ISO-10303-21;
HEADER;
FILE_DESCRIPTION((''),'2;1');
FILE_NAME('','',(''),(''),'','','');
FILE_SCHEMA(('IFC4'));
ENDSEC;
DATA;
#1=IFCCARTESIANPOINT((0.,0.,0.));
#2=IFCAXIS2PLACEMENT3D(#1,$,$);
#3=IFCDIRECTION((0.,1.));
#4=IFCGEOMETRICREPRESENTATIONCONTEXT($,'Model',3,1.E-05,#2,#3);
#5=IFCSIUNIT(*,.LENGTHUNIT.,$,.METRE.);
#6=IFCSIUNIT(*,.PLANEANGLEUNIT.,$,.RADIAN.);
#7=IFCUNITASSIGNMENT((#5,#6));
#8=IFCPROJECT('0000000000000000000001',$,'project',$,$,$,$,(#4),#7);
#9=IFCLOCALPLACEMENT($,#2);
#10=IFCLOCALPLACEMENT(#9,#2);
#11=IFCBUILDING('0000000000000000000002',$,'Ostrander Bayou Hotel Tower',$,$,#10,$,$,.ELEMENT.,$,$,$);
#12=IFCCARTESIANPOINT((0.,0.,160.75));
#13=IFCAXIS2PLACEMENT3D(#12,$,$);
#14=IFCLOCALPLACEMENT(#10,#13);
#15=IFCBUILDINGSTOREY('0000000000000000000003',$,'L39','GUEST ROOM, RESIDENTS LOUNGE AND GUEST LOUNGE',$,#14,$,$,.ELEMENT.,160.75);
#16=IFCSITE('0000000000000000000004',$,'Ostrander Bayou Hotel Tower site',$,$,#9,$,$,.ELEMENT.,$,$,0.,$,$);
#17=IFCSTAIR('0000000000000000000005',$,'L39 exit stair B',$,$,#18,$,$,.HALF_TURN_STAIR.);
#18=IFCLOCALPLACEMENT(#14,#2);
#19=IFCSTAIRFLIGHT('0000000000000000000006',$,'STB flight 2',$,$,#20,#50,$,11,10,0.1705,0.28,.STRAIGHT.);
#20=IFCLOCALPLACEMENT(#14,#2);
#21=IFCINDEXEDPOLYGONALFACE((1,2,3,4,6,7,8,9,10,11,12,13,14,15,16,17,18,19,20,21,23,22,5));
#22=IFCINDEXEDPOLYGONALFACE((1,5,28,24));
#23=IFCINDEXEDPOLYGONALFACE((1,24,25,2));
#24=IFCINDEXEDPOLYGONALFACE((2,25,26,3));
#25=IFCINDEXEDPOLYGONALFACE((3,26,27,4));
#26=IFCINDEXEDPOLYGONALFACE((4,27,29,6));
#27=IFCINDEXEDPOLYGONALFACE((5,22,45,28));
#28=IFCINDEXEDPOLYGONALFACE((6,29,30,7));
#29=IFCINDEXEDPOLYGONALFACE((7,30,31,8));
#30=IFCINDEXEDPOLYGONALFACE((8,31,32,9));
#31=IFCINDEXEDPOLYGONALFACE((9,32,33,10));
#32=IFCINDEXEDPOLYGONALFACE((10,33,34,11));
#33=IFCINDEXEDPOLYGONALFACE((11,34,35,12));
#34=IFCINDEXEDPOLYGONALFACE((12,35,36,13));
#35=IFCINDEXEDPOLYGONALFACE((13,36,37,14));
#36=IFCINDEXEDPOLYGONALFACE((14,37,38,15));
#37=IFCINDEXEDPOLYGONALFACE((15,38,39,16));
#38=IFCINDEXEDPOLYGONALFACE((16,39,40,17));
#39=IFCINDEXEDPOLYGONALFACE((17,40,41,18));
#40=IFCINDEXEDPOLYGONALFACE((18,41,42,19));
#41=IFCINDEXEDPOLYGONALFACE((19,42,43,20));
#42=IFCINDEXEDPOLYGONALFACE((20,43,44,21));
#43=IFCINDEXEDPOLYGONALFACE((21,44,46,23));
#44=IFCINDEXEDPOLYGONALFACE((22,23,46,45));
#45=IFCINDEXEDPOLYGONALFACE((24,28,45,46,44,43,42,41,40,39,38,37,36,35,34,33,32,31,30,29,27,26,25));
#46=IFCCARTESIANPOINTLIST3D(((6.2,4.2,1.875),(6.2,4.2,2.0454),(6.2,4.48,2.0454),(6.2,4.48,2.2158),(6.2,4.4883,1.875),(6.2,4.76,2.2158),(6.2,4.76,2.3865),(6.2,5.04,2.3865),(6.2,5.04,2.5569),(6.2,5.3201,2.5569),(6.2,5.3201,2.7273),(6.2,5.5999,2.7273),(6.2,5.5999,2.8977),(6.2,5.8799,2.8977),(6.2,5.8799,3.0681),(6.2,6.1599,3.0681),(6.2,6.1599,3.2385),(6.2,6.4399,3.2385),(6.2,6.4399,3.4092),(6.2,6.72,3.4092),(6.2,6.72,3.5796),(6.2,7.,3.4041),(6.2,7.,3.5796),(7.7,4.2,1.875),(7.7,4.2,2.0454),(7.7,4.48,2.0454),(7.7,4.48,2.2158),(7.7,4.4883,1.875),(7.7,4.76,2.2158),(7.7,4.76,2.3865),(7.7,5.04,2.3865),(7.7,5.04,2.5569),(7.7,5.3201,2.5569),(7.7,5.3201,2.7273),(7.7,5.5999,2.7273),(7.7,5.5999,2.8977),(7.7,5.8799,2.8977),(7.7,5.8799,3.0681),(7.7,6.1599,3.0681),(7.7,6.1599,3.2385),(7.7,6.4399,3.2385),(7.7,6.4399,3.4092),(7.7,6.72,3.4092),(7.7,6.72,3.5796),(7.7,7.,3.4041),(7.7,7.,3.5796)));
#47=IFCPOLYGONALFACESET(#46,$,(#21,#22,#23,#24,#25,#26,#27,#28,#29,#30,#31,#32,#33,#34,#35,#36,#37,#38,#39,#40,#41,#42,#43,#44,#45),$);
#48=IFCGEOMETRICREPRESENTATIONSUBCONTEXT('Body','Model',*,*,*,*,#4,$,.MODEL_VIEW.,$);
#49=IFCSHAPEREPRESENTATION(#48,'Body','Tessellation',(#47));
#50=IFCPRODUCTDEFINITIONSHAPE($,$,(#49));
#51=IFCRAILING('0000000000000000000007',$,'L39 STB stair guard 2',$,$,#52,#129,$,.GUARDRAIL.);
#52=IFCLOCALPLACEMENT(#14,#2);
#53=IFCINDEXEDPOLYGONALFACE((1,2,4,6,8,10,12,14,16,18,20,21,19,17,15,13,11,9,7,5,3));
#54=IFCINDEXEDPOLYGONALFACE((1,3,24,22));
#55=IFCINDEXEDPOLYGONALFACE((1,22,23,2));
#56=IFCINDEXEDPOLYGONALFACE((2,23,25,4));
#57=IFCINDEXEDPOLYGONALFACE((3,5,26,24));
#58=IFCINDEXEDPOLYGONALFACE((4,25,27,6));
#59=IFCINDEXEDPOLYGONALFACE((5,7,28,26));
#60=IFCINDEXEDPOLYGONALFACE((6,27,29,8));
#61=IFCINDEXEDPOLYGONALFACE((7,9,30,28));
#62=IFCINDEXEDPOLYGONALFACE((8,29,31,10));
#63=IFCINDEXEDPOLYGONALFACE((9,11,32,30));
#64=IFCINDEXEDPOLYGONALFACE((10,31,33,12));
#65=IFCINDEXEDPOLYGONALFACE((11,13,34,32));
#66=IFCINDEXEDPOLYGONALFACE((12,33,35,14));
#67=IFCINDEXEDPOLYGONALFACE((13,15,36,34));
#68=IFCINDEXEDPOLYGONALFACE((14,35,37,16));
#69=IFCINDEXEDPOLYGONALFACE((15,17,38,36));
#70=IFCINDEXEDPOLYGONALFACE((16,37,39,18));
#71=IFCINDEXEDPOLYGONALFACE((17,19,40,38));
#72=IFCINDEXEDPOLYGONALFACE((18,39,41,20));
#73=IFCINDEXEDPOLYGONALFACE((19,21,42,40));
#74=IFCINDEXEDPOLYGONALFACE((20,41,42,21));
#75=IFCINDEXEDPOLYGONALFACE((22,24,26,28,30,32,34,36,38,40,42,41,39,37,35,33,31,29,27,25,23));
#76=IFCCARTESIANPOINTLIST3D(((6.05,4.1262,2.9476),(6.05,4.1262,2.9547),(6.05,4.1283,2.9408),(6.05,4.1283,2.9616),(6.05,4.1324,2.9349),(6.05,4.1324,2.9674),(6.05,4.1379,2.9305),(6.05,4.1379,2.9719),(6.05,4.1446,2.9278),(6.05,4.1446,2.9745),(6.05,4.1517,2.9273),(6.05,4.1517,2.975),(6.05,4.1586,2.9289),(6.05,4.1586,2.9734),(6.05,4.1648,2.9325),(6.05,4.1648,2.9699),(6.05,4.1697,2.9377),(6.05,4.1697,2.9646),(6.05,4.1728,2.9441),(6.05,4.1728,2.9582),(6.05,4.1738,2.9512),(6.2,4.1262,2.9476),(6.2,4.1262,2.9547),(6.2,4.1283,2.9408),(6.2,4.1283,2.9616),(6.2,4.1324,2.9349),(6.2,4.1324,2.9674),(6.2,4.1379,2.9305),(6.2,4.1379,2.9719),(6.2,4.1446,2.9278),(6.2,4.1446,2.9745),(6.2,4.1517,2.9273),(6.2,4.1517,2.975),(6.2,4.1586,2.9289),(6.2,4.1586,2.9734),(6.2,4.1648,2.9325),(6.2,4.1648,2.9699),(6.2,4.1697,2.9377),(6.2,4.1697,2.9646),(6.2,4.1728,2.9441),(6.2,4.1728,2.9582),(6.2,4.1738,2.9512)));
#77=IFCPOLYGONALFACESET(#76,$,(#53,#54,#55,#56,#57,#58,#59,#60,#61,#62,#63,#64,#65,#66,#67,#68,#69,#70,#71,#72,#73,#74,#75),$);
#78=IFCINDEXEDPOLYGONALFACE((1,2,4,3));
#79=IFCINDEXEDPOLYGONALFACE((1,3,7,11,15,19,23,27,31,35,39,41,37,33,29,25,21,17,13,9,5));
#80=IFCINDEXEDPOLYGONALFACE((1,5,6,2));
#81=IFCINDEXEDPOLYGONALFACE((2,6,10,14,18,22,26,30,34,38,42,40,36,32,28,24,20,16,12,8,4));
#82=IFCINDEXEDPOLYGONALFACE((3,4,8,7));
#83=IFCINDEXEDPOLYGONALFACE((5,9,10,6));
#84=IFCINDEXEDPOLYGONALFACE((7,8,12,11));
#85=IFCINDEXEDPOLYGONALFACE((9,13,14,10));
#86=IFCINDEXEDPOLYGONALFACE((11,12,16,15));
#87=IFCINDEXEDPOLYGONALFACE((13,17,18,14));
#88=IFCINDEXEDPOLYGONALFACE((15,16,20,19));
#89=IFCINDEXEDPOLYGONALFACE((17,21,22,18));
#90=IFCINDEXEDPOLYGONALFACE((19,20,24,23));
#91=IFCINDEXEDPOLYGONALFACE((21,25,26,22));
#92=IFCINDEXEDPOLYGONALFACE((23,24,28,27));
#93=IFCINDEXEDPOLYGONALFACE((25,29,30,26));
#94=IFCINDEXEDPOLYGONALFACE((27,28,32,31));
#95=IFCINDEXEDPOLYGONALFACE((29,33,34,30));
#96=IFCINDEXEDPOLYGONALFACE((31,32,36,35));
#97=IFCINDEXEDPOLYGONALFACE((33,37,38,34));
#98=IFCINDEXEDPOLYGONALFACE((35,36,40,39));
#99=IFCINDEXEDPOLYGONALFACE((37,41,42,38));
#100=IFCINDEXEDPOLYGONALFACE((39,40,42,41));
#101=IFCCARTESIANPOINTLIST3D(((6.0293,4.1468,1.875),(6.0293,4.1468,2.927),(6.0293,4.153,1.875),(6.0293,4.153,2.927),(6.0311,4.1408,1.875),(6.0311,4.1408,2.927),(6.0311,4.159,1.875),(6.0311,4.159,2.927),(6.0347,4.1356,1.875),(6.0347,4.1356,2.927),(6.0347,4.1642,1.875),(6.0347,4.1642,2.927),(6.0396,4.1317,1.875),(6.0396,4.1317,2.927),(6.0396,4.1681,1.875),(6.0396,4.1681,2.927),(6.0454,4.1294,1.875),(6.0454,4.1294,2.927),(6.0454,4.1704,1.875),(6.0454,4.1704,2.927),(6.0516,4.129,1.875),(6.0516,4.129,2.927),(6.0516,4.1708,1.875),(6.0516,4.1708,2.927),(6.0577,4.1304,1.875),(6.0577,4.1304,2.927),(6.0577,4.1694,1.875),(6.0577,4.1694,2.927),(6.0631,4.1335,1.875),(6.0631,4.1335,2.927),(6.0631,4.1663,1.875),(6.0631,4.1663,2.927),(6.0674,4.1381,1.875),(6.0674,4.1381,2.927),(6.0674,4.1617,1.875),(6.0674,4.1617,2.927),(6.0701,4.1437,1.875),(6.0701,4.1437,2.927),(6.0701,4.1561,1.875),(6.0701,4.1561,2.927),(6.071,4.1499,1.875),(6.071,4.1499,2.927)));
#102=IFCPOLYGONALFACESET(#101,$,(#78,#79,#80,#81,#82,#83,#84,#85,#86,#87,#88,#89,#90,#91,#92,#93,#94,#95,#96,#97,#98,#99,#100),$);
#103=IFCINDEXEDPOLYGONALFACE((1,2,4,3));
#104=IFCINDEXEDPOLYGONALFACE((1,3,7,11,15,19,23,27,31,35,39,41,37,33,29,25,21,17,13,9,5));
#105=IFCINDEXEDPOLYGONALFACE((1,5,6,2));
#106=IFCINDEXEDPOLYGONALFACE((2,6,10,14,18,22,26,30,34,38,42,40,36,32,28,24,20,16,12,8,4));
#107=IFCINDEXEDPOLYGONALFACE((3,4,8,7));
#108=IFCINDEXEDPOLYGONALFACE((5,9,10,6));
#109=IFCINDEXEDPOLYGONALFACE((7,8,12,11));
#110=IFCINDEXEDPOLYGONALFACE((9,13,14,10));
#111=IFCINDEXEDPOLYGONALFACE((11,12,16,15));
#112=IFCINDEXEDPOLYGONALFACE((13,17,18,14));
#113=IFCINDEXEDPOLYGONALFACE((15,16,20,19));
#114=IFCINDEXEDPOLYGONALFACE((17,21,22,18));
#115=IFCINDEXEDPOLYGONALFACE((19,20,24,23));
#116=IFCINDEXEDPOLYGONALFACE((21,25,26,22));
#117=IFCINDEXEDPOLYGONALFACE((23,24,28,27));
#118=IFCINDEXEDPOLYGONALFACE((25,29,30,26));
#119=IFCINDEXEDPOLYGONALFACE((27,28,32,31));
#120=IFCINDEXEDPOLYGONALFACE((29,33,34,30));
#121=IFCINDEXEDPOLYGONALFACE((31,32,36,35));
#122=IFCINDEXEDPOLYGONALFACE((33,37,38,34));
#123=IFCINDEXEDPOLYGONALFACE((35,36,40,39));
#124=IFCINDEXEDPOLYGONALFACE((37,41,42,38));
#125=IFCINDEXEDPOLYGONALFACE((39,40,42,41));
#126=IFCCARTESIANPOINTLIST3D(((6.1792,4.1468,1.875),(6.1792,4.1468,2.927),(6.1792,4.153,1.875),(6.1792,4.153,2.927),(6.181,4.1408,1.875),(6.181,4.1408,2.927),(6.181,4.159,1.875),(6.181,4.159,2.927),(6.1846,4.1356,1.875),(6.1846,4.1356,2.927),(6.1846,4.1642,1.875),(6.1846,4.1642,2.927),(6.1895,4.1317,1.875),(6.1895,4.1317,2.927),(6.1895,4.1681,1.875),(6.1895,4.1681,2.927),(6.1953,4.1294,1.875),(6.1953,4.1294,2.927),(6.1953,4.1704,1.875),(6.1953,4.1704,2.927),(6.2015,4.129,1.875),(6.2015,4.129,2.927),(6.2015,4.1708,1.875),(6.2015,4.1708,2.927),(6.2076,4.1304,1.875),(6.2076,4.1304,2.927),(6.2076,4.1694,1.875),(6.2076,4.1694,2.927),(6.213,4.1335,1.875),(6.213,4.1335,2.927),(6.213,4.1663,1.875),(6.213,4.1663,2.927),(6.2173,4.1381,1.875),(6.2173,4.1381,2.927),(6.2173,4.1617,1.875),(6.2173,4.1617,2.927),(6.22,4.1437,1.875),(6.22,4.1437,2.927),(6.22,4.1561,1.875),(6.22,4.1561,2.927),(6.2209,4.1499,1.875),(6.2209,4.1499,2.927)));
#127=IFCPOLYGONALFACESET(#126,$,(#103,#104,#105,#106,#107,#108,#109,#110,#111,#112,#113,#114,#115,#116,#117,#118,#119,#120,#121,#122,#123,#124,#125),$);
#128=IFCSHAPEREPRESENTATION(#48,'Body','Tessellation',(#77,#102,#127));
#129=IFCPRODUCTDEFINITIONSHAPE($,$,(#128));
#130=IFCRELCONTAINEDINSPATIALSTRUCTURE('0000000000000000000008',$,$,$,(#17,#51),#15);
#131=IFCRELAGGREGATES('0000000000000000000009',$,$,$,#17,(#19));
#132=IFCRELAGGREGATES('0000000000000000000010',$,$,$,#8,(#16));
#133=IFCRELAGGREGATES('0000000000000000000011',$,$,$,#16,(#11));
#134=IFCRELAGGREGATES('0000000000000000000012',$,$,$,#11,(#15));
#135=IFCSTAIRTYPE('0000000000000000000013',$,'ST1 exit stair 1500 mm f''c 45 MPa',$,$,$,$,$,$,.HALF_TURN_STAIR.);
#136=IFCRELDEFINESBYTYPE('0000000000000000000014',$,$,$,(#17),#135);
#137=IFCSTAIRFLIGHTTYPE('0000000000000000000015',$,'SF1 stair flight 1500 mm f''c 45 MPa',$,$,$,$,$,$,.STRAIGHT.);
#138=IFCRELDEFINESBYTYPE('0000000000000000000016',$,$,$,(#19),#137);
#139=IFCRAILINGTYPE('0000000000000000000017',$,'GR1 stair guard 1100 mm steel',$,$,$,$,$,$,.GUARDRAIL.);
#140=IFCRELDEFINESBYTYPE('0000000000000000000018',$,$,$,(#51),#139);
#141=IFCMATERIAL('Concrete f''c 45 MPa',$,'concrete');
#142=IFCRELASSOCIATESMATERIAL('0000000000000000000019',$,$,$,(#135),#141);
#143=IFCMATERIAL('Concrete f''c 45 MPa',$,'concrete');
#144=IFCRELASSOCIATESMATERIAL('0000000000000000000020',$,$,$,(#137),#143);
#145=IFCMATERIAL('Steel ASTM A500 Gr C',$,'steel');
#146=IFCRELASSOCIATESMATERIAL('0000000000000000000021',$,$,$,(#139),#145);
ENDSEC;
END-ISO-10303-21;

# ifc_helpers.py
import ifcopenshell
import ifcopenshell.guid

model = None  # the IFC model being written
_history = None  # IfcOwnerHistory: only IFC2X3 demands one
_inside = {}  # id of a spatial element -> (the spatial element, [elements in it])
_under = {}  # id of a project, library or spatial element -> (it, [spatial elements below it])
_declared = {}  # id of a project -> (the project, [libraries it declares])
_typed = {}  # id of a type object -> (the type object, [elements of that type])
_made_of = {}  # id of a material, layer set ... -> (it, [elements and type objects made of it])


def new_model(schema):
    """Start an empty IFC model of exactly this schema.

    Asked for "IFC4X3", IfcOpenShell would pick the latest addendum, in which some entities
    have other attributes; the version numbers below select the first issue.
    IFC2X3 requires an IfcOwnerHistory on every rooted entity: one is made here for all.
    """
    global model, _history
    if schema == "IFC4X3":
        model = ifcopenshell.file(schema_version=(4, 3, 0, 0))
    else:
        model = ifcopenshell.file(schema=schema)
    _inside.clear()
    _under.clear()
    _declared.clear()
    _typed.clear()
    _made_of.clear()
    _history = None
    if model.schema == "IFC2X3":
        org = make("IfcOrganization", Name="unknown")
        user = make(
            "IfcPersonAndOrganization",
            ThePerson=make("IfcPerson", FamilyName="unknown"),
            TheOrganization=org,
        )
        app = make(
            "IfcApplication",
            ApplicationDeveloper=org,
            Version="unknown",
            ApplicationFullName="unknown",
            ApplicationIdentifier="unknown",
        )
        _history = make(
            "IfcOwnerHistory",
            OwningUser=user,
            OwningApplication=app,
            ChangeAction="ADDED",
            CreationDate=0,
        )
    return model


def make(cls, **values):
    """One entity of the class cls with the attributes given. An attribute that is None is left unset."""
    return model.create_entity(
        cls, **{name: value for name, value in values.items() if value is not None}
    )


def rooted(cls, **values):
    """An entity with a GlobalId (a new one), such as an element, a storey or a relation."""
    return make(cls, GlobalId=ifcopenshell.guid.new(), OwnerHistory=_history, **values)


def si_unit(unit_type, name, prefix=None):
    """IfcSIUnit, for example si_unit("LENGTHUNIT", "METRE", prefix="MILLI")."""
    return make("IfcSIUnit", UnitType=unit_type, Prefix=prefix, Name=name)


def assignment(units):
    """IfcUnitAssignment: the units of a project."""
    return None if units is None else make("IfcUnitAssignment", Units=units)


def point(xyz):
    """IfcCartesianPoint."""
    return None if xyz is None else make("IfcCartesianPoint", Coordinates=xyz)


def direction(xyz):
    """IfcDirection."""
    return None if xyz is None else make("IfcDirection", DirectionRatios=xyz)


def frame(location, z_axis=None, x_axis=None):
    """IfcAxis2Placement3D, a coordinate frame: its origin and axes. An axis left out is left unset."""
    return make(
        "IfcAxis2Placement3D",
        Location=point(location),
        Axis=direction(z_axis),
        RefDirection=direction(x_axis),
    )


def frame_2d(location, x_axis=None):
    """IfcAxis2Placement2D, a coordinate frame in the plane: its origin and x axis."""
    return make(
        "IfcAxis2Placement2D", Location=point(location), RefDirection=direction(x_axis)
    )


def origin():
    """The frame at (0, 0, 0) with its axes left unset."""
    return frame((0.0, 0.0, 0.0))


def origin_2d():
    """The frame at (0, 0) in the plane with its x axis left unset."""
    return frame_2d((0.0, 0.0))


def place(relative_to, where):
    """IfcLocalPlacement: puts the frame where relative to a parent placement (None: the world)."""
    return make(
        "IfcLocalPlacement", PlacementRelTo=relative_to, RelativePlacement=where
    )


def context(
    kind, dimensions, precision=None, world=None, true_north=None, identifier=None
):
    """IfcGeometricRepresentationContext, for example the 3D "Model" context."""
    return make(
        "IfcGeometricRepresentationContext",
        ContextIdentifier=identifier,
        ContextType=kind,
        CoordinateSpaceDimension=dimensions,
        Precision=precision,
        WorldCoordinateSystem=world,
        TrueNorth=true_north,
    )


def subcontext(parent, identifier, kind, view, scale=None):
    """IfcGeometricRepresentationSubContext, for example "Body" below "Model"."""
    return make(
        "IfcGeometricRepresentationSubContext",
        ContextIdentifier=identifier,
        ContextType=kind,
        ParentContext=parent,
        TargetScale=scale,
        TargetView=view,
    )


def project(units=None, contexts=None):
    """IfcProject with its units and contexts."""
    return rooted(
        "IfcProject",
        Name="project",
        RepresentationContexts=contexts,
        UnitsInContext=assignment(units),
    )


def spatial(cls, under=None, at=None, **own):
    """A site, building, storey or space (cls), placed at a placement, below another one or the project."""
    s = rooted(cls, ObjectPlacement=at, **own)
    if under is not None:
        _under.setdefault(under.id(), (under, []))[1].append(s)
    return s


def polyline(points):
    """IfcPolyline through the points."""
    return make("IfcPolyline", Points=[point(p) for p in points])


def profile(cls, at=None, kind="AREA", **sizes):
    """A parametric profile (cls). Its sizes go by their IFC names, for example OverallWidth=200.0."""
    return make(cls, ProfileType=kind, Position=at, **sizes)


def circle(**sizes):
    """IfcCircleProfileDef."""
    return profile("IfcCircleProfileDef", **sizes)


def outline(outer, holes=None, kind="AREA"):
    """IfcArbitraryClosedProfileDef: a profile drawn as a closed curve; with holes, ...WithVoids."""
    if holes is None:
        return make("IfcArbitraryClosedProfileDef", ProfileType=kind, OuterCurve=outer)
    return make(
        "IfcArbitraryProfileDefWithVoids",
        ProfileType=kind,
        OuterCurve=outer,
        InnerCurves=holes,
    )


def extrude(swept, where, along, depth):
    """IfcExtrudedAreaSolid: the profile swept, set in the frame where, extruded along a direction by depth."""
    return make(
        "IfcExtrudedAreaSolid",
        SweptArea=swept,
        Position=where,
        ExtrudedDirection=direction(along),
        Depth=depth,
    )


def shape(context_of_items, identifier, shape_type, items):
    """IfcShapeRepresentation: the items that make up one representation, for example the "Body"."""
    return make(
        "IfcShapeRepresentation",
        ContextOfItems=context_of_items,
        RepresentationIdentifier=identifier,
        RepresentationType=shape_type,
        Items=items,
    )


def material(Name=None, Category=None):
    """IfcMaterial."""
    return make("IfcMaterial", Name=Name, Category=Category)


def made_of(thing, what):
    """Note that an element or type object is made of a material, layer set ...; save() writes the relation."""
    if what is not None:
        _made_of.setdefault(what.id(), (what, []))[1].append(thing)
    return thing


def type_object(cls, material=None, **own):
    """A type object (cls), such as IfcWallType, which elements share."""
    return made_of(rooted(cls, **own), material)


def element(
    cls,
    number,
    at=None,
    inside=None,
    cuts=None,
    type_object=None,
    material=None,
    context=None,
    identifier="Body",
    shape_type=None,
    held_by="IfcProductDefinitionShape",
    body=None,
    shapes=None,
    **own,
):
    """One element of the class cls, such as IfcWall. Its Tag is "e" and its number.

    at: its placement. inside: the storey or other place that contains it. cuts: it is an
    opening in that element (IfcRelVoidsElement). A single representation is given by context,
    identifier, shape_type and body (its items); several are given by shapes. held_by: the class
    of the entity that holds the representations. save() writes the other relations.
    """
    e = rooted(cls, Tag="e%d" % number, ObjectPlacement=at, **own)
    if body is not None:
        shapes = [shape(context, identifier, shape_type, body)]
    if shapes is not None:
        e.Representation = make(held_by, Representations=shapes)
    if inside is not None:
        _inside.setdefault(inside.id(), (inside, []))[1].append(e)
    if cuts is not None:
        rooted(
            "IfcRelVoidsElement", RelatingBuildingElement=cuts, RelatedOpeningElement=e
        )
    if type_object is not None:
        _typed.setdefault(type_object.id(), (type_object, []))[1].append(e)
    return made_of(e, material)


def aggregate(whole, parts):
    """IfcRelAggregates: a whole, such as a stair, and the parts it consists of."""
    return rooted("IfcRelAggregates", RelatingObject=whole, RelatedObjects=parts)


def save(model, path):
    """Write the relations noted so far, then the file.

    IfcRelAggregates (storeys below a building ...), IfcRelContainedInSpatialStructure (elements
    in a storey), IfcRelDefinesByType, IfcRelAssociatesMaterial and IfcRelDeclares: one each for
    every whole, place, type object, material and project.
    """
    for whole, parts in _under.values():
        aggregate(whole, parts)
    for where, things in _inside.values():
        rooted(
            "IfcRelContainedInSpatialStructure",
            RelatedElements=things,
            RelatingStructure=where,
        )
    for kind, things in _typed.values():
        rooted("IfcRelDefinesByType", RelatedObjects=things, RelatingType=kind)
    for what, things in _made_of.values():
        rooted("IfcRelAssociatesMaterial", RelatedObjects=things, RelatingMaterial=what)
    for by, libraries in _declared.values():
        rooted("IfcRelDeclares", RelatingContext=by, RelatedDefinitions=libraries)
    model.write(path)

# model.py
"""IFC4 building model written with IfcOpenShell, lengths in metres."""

from ifc_helpers import new_model, si_unit, direction, frame, origin, origin_2d, place, context, subcontext, project, spatial, polyline, circle, outline, extrude, material, type_object, element, aggregate, save


model = new_model("IFC4")

# Units and contexts
model_context = context("Model", 3, precision=1e-05, world=origin(), true_north=direction((0.0, 1.0)))
body_context = subcontext(model_context, "Body", "Model", "MODEL_VIEW")
ifc_project = project(units=[si_unit("LENGTHUNIT", "METRE"), si_unit("PLANEANGLEUNIT", "RADIAN")], contexts=[model_context])

# Site, building, storey
site_placement = place(None, origin())
site = spatial("IfcSite", under=ifc_project, at=site_placement, Name="Ostrander Bayou Hotel Tower site", CompositionType="ELEMENT", RefElevation=0.0)
building_placement = place(site_placement, origin())
building = spatial("IfcBuilding", under=site, at=building_placement, Name="Ostrander Bayou Hotel Tower", CompositionType="ELEMENT")
storey_placement = place(building_placement, frame((0.0, 0.0, 160.75)))
storey = spatial("IfcBuildingStorey", under=building, at=storey_placement, Name="L39", Description="GUEST ROOM, RESIDENTS LOUNGE AND GUEST LOUNGE", CompositionType="ELEMENT", Elevation=160.75)

# Stair, stair flight
ifc_material_1 = material(Name="Concrete f'c 45 MPa", Category="concrete")
stair_type = type_object("IfcStairType", Name="ST1 exit stair 1500 mm f'c 45 MPa", PredefinedType="HALF_TURN_STAIR", material=ifc_material_1)
stair_placement = place(storey_placement, origin())
stair = element("IfcStair", 1, at=stair_placement, inside=storey, type_object=stair_type, Name="L39 exit stair B", PredefinedType="HALF_TURN_STAIR")
ifc_material_2 = material(Name="Concrete f'c 45 MPa", Category="concrete")
stair_flight_type = type_object("IfcStairFlightType", Name="SF1 stair flight 1500 mm f'c 45 MPa", PredefinedType="STRAIGHT", material=ifc_material_2)
stair_flight_placement = place(storey_placement, frame((6.95, 4.2, 1.875), z_axis=(0.0, 0.0, 1.0), x_axis=(0.0, 1.0, 0.0)))
stair_flight = element("IfcStairFlight", 2, at=stair_flight_placement, type_object=stair_flight_type, Name="STB flight 2", NumberOfRisers=11, NumberOfTreads=10, PredefinedType="STRAIGHT", RiserHeight=0.1705, TreadLength=0.28, context=body_context, shape_type="SweptSolid", body=[
    extrude(outline(polyline([(0.0, 0.0), (0.0, 0.1704), (0.28, 0.1704), (0.28, 0.3408), (0.5601, 0.3408), (0.5601, 0.5115), (0.8401, 0.5115), (0.8401, 0.6819), (1.1201, 0.6819), (1.1201, 0.8523), (1.3999, 0.8523), (1.3999, 1.0227), (1.6799, 1.0227), (1.6799, 1.1931), (1.96, 1.1931), (1.96, 1.3635), (2.24, 1.3635), (2.24, 1.5342), (2.52, 1.5342), (2.52, 1.7046), (2.8, 1.7046), (2.8, 1.875), (2.8, 1.5291), (0.2883, 0.0), (0.0, 0.0)])), frame((0.0, 0.75, 0.0), z_axis=(0.0, -1.0, 0.0), x_axis=(1.0, 0.0, 0.0)), (0.0, 0.0, 1.0), 1.5),
])
aggregate(stair, [stair_flight])

# Railing
ifc_material_3 = material(Name="Steel ASTM A500 Gr C", Category="steel")
railing_type_1 = type_object("IfcRailingType", Name="GR1 stair guard 1100 mm steel", PredefinedType="GUARDRAIL", material=ifc_material_3)
railing_1_placement = place(storey_placement, frame((6.05, 4.1499, 1.875)))
element("IfcRailing", 3, at=railing_1_placement, inside=storey, type_object=railing_type_1, Name="L39 STB stair guard 2", PredefinedType="GUARDRAIL", context=body_context, shape_type="SweptSolid", body=[
    extrude(circle(Radius=0.0239, at=origin_2d()), frame((0.0, 0.0, 1.0762), z_axis=(1.0, 0.0, 0.0), x_axis=(0.0, 1.0, 0.0)), (0.0, 0.0, 1.0), 0.1499),
    extrude(circle(Radius=0.021, at=origin_2d()), origin(), (0.0, 0.0, 1.0), 1.052),
    extrude(circle(Radius=0.021, at=origin_2d()), frame((0.1499, 0.0, 0.0)), (0.0, 0.0, 1.0), 1.052),
])

save(model, "model.ifc")
